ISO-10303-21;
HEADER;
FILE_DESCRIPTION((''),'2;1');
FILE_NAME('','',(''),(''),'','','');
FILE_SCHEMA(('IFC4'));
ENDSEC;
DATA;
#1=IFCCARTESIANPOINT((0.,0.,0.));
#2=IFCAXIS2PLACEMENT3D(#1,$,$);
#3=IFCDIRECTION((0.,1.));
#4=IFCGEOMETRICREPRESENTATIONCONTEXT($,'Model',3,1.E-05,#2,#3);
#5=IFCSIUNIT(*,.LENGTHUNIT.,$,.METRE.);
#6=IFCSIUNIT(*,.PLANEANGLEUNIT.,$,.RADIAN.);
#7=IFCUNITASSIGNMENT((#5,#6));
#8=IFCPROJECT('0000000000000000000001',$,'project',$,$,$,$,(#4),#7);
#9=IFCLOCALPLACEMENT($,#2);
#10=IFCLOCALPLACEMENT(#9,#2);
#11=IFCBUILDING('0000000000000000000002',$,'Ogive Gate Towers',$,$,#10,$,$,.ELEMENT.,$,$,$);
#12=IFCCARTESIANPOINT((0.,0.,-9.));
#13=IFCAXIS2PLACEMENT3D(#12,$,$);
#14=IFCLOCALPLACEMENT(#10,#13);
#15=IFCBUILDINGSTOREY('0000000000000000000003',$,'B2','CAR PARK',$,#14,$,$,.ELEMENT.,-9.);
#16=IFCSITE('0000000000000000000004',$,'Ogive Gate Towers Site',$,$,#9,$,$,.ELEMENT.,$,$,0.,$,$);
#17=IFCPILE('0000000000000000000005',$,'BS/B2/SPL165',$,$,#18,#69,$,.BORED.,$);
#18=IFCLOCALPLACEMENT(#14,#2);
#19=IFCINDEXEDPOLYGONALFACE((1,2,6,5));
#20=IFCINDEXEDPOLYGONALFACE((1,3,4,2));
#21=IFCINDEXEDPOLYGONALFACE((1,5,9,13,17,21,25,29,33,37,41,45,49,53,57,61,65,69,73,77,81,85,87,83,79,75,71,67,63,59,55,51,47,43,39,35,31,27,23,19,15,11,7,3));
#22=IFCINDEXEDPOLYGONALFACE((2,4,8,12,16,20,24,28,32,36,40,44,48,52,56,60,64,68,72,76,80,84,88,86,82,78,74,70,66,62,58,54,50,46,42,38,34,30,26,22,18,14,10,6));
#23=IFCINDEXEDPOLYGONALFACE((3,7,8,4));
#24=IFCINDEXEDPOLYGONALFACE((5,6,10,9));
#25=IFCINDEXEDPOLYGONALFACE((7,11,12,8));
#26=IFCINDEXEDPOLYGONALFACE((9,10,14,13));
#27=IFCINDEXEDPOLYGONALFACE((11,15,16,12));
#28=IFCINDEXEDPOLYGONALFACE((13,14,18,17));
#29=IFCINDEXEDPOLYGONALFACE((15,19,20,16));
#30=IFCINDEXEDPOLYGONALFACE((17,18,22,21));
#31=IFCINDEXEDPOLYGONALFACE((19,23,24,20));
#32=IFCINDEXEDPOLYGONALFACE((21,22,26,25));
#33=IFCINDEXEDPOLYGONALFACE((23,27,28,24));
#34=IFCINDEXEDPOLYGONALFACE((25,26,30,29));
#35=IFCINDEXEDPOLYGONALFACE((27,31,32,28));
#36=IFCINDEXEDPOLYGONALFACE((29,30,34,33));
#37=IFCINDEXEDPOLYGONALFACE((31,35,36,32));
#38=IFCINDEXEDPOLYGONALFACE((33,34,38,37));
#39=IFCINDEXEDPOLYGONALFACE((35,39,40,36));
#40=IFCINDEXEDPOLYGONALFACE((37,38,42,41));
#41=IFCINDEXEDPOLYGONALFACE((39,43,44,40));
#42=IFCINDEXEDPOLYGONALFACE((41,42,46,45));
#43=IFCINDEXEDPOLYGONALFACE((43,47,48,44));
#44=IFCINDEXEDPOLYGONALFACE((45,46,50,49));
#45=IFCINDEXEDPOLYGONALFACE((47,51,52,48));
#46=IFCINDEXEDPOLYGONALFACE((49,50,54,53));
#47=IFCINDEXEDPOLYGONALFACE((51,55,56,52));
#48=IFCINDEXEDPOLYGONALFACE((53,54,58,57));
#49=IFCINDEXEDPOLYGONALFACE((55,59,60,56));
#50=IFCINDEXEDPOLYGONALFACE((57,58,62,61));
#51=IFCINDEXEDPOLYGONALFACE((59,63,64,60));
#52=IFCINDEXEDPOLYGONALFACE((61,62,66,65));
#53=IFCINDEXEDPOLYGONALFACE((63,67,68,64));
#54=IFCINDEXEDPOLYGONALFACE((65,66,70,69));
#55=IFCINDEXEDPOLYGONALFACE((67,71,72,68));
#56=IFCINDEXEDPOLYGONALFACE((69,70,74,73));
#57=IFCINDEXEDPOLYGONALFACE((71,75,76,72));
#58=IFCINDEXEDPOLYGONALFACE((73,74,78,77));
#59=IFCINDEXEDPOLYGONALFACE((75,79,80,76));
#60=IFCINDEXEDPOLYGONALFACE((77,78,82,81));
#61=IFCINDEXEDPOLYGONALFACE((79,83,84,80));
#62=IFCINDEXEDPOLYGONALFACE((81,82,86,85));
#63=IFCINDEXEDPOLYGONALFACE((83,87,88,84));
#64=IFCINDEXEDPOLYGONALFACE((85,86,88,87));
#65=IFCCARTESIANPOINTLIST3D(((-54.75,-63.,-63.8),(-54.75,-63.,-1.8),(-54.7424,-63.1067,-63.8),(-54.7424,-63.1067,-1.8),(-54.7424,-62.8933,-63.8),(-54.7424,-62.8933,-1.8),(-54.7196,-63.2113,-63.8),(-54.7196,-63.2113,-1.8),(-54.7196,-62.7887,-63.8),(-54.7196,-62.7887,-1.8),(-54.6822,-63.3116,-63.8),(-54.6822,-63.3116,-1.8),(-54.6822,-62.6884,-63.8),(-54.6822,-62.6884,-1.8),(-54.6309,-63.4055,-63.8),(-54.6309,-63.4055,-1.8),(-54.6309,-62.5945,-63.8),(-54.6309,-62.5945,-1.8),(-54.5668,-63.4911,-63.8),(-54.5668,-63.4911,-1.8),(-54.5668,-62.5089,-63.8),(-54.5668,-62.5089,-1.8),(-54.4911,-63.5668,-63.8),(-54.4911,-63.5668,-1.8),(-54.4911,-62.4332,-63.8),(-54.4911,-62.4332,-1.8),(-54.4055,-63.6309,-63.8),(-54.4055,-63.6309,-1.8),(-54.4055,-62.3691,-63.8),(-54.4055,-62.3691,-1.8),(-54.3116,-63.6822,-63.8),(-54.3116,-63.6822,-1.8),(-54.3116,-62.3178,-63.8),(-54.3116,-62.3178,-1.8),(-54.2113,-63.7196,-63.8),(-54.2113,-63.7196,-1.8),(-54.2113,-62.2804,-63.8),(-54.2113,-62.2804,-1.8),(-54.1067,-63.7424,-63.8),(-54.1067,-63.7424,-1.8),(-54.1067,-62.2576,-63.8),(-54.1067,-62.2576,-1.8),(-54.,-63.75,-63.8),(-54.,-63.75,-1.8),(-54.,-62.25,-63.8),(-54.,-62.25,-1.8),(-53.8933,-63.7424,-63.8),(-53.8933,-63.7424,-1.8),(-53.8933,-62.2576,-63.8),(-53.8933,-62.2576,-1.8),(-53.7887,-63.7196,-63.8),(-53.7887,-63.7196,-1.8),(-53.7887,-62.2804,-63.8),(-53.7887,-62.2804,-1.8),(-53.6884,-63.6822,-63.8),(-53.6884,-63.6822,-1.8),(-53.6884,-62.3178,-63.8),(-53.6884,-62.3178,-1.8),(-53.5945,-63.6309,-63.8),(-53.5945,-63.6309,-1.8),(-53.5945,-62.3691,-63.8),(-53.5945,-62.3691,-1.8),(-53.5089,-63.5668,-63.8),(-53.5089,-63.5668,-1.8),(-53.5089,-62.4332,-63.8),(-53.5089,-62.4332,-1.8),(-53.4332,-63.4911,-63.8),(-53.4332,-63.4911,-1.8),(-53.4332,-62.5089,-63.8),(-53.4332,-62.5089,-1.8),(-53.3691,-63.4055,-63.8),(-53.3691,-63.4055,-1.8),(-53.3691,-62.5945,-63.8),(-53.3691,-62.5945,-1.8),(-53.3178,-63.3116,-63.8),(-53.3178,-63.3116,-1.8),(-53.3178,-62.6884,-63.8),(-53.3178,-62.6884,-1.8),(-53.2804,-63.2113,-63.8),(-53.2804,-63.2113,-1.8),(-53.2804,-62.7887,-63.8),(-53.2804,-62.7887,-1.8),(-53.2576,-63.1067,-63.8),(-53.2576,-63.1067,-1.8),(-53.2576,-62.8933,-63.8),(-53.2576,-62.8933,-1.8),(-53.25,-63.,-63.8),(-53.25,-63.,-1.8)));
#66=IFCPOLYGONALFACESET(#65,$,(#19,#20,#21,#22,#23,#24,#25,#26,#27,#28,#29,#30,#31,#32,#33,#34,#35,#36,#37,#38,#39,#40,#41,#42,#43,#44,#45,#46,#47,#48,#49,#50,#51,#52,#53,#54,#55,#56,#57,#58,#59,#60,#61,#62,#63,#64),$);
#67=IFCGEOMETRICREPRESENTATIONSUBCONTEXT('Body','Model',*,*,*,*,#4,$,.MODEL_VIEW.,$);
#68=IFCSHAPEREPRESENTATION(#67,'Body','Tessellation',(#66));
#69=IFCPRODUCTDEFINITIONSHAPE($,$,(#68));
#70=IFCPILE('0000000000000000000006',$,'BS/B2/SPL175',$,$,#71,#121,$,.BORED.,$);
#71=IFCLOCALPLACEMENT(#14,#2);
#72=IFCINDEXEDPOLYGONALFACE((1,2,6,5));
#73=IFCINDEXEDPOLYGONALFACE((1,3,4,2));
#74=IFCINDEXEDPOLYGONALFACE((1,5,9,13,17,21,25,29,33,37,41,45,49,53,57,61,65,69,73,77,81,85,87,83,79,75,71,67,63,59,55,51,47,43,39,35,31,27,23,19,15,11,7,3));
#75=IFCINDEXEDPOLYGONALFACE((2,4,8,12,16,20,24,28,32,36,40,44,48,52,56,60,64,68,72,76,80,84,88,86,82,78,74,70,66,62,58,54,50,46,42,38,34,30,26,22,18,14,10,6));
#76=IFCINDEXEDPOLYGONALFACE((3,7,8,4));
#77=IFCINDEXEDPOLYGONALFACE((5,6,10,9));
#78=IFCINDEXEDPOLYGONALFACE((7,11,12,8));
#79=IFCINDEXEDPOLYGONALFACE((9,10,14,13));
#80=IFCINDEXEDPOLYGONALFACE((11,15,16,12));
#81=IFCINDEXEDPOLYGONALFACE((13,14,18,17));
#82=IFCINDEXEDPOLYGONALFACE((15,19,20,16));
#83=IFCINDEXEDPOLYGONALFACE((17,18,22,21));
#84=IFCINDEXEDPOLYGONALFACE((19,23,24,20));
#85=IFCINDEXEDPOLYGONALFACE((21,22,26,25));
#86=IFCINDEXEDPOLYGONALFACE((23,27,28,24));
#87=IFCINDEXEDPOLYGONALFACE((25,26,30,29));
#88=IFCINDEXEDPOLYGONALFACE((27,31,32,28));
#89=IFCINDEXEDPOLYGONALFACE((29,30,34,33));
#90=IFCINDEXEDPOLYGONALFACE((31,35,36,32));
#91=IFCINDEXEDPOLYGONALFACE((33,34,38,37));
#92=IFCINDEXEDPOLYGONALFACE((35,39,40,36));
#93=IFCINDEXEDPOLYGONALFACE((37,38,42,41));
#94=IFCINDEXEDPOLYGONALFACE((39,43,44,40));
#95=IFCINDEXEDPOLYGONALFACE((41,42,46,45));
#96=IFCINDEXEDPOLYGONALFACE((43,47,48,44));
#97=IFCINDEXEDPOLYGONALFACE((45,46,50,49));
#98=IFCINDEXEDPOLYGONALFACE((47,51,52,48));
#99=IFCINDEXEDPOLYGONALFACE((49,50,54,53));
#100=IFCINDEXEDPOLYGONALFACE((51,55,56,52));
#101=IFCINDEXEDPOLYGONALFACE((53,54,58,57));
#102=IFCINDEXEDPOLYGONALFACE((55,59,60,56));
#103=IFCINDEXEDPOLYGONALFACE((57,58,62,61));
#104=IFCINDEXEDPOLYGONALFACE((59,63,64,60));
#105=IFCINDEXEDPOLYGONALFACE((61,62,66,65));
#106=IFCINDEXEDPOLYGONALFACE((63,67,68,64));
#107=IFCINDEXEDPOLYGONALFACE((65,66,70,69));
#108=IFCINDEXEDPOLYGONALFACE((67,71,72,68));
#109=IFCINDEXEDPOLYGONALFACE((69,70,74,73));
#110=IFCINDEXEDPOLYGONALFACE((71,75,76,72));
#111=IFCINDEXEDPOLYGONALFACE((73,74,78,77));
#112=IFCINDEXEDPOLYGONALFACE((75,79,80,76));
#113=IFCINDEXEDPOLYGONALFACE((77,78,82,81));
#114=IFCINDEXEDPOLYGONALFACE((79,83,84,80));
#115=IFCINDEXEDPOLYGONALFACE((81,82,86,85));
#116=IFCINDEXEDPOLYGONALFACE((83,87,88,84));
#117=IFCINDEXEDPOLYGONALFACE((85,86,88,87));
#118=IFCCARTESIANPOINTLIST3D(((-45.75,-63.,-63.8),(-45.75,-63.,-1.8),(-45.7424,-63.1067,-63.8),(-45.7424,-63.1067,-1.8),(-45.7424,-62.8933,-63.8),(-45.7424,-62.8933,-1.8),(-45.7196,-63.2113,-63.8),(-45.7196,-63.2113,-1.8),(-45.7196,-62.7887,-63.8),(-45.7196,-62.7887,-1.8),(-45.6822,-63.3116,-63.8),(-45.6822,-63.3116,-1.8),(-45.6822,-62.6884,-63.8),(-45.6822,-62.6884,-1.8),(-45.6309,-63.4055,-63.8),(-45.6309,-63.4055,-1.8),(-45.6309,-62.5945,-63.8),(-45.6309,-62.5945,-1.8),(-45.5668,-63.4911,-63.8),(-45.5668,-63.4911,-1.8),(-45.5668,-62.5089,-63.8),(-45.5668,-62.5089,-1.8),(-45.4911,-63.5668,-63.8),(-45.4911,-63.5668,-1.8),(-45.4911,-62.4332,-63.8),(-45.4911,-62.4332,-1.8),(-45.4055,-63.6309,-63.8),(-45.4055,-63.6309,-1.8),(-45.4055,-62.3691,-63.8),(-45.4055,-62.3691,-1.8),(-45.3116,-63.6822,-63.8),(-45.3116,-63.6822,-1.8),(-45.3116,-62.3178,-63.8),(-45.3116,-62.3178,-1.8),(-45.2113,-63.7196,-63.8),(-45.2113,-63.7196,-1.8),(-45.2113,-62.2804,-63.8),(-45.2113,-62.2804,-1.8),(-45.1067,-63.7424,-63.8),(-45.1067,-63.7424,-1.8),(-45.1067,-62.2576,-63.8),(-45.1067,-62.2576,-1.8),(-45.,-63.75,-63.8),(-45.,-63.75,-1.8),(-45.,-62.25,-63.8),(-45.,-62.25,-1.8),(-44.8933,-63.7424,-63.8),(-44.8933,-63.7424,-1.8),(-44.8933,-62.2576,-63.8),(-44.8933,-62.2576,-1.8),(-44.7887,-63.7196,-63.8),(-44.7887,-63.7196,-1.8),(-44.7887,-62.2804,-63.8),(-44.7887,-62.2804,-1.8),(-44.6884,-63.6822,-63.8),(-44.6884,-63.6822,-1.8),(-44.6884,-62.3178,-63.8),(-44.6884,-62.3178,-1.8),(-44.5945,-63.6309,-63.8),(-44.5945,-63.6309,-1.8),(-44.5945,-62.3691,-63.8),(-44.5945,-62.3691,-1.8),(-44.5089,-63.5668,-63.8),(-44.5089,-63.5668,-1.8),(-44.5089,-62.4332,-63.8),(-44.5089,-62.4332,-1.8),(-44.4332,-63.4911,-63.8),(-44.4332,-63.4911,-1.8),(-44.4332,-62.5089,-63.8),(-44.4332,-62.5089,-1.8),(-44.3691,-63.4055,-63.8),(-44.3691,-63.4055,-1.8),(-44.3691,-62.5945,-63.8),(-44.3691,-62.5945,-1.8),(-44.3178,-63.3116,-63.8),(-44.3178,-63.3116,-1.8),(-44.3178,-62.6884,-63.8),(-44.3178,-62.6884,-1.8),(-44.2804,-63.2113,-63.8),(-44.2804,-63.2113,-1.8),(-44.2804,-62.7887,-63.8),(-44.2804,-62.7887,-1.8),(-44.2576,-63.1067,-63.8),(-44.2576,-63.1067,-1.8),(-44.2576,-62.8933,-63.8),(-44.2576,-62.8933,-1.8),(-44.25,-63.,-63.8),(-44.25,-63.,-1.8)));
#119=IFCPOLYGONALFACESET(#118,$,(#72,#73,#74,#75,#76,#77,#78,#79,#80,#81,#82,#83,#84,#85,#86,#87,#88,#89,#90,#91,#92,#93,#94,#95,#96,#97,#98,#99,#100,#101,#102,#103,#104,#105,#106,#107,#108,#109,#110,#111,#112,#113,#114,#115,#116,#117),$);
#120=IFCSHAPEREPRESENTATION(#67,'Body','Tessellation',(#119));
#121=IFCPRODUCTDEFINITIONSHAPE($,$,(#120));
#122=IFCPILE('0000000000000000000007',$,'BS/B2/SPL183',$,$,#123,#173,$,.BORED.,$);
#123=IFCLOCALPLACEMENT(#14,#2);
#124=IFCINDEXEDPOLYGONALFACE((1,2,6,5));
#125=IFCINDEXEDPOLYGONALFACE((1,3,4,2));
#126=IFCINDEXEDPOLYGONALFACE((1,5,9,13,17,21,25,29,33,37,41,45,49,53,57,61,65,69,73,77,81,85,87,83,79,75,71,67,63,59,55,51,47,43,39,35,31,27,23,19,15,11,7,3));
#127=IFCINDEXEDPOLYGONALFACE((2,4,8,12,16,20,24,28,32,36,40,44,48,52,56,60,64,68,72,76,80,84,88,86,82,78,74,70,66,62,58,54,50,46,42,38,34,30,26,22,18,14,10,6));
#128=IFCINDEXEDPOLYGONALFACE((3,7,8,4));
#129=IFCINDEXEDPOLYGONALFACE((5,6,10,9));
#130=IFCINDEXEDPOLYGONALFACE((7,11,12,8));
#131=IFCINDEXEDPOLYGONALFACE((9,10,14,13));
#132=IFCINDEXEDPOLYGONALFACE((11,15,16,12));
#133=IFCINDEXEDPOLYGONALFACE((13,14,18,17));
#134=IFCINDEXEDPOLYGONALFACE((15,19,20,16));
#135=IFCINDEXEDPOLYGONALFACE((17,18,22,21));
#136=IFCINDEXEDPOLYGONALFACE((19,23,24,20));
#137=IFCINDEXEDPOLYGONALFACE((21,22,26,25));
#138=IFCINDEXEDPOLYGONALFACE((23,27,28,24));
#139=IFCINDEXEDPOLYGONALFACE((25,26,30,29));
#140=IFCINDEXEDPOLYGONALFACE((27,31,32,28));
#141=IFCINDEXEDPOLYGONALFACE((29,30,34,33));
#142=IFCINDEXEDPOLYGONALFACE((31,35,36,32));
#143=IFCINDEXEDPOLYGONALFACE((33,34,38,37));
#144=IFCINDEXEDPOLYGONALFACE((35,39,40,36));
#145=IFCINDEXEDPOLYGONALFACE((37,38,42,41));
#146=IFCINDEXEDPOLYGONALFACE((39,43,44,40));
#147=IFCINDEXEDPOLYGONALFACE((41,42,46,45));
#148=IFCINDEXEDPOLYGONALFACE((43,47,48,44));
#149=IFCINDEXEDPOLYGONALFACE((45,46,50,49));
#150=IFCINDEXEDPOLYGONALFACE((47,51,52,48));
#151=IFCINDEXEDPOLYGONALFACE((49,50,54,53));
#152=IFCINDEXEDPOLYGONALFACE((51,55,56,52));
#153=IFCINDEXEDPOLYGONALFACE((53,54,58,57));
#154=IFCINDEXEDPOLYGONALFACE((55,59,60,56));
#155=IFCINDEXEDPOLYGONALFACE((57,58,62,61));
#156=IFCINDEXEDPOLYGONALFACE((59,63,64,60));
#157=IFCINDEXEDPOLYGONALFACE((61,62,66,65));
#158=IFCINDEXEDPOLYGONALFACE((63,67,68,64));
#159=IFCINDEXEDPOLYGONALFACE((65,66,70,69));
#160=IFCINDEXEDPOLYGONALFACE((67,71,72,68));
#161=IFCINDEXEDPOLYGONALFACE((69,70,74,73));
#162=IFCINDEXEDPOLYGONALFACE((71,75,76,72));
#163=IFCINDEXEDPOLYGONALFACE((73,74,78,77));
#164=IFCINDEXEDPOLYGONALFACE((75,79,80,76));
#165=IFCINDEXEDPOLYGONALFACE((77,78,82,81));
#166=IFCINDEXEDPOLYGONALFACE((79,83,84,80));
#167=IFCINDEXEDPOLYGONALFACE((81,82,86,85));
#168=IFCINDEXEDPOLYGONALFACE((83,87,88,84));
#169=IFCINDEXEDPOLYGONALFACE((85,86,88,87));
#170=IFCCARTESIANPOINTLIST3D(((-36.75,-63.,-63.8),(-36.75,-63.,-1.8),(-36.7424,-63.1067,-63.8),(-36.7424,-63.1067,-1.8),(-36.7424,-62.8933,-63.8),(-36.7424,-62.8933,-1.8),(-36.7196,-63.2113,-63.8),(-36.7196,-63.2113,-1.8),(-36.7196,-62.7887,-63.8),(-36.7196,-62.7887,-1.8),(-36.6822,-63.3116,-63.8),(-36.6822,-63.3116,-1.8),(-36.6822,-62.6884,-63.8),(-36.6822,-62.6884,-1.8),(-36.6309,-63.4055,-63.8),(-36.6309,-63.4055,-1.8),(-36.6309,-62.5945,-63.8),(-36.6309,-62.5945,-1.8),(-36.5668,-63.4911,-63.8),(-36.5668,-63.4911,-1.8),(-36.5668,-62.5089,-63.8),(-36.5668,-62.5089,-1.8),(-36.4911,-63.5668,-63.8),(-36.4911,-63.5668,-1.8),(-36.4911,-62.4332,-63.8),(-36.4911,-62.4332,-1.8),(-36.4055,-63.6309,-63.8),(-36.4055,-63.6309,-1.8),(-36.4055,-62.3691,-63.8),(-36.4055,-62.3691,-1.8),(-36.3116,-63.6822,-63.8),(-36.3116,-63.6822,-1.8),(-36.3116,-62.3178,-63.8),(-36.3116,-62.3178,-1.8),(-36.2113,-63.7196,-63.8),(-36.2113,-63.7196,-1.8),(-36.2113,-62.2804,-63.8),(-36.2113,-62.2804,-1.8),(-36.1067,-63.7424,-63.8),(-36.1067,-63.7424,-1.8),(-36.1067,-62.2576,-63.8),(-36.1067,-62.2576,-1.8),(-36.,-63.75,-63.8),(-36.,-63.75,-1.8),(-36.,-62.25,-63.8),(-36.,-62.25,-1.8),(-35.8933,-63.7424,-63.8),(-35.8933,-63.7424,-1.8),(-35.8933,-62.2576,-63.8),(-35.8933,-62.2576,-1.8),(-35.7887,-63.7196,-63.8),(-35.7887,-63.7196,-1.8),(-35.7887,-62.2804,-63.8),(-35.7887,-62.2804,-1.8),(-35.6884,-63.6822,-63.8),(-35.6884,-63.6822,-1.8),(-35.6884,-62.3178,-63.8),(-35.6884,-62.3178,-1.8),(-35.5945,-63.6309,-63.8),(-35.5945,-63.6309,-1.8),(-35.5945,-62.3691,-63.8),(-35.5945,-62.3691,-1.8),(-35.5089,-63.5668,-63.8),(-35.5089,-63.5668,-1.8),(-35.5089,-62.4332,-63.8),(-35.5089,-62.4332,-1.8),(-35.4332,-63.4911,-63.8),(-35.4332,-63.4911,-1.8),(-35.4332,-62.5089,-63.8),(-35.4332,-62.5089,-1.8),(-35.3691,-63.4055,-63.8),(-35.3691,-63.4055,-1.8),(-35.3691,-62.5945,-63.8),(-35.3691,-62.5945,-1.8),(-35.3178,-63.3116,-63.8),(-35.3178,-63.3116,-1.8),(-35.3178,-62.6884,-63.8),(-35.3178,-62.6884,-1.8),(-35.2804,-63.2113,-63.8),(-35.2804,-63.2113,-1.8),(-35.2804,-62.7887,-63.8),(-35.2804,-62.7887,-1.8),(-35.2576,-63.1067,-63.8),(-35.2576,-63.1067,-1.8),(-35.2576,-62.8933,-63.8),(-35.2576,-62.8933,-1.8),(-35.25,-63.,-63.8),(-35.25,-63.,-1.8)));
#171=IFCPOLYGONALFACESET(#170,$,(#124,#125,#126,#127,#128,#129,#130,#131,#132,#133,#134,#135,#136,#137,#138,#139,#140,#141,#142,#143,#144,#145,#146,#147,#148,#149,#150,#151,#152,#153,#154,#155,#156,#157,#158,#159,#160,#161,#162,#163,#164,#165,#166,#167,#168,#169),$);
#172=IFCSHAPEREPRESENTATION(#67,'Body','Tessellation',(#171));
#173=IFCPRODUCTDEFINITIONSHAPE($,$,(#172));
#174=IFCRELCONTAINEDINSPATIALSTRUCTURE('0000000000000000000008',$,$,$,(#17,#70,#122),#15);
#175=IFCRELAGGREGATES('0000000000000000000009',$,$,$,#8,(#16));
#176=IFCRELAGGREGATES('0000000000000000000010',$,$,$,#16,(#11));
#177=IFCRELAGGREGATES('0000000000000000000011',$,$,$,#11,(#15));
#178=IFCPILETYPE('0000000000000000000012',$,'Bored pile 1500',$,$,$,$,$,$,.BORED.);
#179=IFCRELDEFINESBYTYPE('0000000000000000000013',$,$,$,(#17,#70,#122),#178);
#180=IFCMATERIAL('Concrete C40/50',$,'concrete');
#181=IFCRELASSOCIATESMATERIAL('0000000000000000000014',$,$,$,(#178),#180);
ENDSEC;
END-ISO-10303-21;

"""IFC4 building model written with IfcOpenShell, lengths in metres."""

from ifc_helpers import new_model, si_unit, direction, frame, origin, origin_2d, place, context, subcontext, project, spatial, circle, extrude, material, material_profile, profile_set, type_object, element, save


model = new_model("IFC4")

# Units and contexts
model_context = context("Model", 3, precision=1e-05, world=origin(), true_north=direction((0.0, 1.0)))
body_context = subcontext(model_context, "Body", "Model", "MODEL_VIEW")
ifc_project = project(units=[si_unit("LENGTHUNIT", "METRE"), si_unit("PLANEANGLEUNIT", "RADIAN")], contexts=[model_context])

# Site, building, storey
site_placement = place(None, origin())
site = spatial("IfcSite", under=ifc_project, at=site_placement, Name="Ogive Gate Towers Site", CompositionType="ELEMENT", RefElevation=0.0)
building_placement = place(site_placement, origin())
building = spatial("IfcBuilding", under=site, at=building_placement, Name="Ogive Gate Towers", CompositionType="ELEMENT")
storey_placement = place(building_placement, frame((0.0, 0.0, -9.0)))
storey = spatial("IfcBuildingStorey", under=building, at=storey_placement, Name="B2", Description="CAR PARK", CompositionType="ELEMENT", Elevation=-9.0)

# Piles
ifc_material_1 = material(Name="Concrete C40/50", Category="concrete")
ifc_material_profile_1 = material_profile(ifc_material_1, circle(Radius=0.75, at=origin_2d()), Name="BP 1500")
ifc_profile_set_1 = profile_set([ifc_material_profile_1], Name="Concrete C40/50")
pile_type = type_object("IfcPileType", Name="Bored pile 1500", PredefinedType="BORED", material=ifc_profile_set_1)
for number, where, z_axis, x_axis, name in (
    (1, (-54.0, -63.0, -1.8), (0.0, 0.0, -1.0), (1.0, 0.0, 0.0), "BS/B2/SPL165"),
    (2, (-45.0, -63.0, -1.8), (0.0, 0.0, -1.0), (1.0, 0.0, 0.0), "BS/B2/SPL175"),
    (3, (-36.0, -63.0, -1.8), (0.0, 0.0, -1.0), (1.0, 0.0, 0.0), "BS/B2/SPL183"),
):
    element("IfcPile", number, at=place(storey_placement, frame(where, z_axis=z_axis, x_axis=x_axis)), inside=storey, type_object=pile_type, Name=name, PredefinedType="BORED", context=body_context, shape_type="SweptSolid", body=[
        extrude(circle(Radius=0.75, at=origin_2d()), origin(), (0.0, 0.0, 1.0), 62.0),
    ])

save(model, "model.ifc")
